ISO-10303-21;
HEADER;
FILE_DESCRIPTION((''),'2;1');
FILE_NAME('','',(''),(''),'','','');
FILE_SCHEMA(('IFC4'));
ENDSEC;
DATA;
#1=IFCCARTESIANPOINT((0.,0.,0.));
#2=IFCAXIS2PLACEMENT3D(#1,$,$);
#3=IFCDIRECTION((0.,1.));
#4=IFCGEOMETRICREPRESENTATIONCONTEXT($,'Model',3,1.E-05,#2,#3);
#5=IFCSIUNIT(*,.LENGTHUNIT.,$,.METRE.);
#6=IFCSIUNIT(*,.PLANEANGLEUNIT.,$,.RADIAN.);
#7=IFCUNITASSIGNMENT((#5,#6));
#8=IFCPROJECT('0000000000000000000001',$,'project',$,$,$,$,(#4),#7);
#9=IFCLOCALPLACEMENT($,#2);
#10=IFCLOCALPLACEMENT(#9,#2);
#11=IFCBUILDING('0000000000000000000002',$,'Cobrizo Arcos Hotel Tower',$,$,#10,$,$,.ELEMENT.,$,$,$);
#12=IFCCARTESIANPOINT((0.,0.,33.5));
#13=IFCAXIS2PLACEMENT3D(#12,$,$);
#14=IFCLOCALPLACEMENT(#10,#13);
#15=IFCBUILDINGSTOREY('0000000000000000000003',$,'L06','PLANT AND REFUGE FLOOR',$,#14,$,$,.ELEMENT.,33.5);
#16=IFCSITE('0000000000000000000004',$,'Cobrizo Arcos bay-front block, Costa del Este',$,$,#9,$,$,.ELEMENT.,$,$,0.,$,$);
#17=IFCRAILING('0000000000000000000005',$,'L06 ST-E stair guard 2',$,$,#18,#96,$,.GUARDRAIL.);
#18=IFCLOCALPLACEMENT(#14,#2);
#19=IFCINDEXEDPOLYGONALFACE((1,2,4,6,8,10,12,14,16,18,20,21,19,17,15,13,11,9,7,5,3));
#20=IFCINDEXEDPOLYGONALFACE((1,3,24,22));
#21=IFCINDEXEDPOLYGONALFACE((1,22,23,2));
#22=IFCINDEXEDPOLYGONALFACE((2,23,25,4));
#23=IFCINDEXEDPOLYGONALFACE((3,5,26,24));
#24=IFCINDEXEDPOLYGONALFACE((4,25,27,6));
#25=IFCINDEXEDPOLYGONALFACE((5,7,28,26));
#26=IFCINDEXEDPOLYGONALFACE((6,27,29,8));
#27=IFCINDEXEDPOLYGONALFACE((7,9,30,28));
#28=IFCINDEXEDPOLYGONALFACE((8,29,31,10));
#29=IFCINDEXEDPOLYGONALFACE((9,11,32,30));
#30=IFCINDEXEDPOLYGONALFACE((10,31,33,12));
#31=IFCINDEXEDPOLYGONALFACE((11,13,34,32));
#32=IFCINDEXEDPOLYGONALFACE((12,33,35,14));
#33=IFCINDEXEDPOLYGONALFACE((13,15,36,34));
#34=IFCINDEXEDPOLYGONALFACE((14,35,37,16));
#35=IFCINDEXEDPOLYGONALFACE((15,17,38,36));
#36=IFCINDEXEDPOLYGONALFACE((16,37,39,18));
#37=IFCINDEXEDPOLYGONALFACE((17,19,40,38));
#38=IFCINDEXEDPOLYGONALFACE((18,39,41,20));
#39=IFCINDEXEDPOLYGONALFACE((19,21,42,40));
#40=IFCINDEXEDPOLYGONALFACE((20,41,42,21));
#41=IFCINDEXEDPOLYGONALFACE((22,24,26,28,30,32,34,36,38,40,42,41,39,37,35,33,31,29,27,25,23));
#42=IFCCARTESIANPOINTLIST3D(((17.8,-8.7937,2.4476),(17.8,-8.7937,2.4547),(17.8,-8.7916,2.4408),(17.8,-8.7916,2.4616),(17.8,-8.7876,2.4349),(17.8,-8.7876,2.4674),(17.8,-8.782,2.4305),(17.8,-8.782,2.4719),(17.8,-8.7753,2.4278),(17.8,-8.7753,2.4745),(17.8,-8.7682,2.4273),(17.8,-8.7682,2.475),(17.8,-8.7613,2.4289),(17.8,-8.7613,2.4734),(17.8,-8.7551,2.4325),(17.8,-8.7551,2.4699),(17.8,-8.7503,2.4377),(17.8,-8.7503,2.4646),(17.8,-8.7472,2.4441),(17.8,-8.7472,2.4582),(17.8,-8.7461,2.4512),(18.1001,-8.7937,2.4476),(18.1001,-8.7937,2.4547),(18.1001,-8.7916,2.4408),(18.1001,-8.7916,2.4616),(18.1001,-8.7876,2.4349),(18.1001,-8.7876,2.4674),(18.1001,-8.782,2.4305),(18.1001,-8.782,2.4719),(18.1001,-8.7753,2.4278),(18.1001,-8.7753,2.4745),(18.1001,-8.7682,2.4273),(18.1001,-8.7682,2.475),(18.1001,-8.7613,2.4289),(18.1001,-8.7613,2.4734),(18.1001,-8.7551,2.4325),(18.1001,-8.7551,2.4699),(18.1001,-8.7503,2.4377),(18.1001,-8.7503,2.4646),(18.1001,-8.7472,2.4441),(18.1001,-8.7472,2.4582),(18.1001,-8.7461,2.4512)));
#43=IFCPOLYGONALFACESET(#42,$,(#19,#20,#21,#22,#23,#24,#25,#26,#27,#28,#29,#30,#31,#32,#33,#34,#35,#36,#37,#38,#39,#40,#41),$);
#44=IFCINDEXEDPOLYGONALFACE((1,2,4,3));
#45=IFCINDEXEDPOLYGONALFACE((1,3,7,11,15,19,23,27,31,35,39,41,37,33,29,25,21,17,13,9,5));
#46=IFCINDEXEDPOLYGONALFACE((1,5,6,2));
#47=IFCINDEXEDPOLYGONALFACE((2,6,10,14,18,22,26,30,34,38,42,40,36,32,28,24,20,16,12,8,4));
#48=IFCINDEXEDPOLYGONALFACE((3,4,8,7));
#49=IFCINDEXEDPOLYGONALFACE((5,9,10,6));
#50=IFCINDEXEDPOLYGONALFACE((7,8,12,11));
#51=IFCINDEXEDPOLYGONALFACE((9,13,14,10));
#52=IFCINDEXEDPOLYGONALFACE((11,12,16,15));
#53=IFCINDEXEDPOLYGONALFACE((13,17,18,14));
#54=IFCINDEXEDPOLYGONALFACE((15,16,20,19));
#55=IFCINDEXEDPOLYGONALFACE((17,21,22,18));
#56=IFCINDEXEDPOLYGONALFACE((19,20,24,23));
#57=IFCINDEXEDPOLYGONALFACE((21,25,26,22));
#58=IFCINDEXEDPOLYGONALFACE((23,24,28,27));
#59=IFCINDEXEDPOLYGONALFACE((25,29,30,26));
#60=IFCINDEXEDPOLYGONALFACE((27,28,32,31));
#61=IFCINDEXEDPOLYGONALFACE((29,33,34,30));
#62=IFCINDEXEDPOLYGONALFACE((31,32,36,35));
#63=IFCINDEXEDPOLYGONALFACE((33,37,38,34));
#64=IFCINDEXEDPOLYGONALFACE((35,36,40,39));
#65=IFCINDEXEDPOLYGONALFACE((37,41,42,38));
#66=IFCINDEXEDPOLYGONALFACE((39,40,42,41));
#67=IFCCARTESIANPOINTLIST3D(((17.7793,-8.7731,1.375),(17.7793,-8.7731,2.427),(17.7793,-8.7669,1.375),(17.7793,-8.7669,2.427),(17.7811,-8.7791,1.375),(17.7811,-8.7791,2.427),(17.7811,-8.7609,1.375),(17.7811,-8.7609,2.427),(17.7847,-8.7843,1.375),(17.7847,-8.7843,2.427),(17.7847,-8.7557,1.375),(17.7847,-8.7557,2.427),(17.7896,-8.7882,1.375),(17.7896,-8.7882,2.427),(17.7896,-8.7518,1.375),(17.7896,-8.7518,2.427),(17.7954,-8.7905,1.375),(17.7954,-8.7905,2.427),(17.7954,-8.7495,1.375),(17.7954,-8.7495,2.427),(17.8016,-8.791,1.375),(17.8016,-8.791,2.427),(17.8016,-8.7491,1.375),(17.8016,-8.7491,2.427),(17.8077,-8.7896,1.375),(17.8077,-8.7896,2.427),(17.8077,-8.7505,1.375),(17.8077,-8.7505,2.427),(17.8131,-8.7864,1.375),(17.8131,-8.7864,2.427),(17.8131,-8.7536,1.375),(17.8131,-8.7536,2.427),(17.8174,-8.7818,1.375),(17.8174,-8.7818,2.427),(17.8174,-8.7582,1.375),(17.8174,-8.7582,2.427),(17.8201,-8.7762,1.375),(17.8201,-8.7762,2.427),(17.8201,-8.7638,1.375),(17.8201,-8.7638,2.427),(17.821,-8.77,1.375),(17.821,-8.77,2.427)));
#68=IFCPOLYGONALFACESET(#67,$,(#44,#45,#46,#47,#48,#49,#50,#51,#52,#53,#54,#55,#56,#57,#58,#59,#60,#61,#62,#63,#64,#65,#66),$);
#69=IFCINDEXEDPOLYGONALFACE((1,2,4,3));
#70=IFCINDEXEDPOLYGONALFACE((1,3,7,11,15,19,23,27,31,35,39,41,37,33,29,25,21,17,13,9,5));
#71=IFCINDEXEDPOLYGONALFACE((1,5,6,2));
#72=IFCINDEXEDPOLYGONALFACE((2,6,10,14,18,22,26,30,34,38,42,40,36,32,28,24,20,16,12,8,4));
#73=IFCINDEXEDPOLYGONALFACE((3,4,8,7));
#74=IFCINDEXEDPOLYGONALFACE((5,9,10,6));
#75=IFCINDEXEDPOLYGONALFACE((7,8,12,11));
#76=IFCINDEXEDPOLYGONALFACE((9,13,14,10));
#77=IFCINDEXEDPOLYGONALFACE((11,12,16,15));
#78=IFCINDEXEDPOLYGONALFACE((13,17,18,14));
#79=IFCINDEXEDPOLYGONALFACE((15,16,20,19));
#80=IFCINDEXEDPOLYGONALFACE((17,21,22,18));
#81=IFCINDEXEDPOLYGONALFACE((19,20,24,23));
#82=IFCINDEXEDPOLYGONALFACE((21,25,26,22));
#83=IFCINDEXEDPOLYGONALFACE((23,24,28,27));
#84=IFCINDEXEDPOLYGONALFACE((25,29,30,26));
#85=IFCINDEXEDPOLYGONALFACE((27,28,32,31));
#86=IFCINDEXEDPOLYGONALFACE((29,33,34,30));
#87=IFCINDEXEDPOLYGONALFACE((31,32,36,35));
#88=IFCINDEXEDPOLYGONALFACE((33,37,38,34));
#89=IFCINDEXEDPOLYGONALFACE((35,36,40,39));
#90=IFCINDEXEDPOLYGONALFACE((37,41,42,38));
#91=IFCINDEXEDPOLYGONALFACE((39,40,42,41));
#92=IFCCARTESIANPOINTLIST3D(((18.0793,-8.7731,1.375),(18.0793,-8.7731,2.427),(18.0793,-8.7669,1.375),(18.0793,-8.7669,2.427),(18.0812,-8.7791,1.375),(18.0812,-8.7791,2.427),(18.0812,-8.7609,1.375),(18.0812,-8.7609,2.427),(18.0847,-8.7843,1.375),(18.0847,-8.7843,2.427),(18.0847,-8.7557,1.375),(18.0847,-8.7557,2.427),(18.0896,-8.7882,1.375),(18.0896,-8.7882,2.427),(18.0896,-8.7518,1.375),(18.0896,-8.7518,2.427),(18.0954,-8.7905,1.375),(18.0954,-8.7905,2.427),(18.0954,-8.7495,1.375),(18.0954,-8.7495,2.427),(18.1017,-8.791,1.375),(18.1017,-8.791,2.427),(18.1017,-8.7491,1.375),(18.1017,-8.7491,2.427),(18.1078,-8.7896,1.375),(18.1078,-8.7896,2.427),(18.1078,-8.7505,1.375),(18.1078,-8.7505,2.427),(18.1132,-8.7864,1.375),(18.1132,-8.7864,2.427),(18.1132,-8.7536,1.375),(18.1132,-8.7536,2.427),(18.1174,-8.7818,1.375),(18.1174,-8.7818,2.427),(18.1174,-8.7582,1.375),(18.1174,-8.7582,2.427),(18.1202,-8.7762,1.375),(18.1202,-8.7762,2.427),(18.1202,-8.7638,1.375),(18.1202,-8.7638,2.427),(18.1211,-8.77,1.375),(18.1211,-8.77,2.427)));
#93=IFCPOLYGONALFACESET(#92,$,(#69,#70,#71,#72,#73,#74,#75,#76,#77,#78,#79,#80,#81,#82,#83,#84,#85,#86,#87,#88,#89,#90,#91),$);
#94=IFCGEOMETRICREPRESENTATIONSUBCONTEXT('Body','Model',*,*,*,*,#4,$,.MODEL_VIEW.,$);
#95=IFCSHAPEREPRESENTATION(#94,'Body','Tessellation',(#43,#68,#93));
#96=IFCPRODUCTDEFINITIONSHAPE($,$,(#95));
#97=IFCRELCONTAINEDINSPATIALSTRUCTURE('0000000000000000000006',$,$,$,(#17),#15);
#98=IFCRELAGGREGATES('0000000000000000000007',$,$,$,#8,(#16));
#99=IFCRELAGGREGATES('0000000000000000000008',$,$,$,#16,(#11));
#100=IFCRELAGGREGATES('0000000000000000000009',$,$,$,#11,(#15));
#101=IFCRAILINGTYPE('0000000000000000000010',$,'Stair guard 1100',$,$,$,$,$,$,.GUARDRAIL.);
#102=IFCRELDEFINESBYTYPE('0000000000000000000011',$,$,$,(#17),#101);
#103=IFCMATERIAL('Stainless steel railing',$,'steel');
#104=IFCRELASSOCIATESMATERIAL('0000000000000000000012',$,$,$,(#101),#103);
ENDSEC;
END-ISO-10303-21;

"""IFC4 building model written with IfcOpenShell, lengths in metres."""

from ifc_helpers import new_model, si_unit, direction, frame, origin, origin_2d, place, context, subcontext, project, spatial, circle, extrude, material, type_object, element, save


model = new_model("IFC4")

# Units and contexts
model_context = context("Model", 3, precision=1e-05, world=origin(), true_north=direction((0.0, 1.0)))
body_context = subcontext(model_context, "Body", "Model", "MODEL_VIEW")
ifc_project = project(units=[si_unit("LENGTHUNIT", "METRE"), si_unit("PLANEANGLEUNIT", "RADIAN")], contexts=[model_context])

# Site, building, storey
site_placement = place(None, origin())
site = spatial("IfcSite", under=ifc_project, at=site_placement, Name="Cobrizo Arcos bay-front block, Costa del Este", CompositionType="ELEMENT", RefElevation=0.0)
building_placement = place(site_placement, origin())
building = spatial("IfcBuilding", under=site, at=building_placement, Name="Cobrizo Arcos Hotel Tower", CompositionType="ELEMENT")
storey_placement = place(building_placement, frame((0.0, 0.0, 33.5)))
storey = spatial("IfcBuildingStorey", under=building, at=storey_placement, Name="L06", Description="PLANT AND REFUGE FLOOR", CompositionType="ELEMENT", Elevation=33.5)

# Railing
ifc_material_1 = material(Name="Stainless steel railing", Category="steel")
railing_type = type_object("IfcRailingType", Name="Stair guard 1100", PredefinedType="GUARDRAIL", material=ifc_material_1)
railing_placement = place(storey_placement, frame((17.8, -8.77, 1.375)))
element("IfcRailing", 1, at=railing_placement, inside=storey, type_object=railing_type, Name="L06 ST-E stair guard 2", PredefinedType="GUARDRAIL", context=body_context, shape_type="SweptSolid", body=[
    extrude(circle(Radius=0.0239, at=origin_2d()), frame((0.0, 0.0, 1.0762), z_axis=(1.0, 0.0, 0.0), x_axis=(0.0, 1.0, 0.0)), (0.0, 0.0, 1.0), 0.3),
    extrude(circle(Radius=0.021, at=origin_2d()), origin(), (0.0, 0.0, 1.0), 1.052),
    extrude(circle(Radius=0.021, at=origin_2d()), frame((0.3, 0.0, 0.0)), (0.0, 0.0, 1.0), 1.052),
])

save(model, "model.ifc")
